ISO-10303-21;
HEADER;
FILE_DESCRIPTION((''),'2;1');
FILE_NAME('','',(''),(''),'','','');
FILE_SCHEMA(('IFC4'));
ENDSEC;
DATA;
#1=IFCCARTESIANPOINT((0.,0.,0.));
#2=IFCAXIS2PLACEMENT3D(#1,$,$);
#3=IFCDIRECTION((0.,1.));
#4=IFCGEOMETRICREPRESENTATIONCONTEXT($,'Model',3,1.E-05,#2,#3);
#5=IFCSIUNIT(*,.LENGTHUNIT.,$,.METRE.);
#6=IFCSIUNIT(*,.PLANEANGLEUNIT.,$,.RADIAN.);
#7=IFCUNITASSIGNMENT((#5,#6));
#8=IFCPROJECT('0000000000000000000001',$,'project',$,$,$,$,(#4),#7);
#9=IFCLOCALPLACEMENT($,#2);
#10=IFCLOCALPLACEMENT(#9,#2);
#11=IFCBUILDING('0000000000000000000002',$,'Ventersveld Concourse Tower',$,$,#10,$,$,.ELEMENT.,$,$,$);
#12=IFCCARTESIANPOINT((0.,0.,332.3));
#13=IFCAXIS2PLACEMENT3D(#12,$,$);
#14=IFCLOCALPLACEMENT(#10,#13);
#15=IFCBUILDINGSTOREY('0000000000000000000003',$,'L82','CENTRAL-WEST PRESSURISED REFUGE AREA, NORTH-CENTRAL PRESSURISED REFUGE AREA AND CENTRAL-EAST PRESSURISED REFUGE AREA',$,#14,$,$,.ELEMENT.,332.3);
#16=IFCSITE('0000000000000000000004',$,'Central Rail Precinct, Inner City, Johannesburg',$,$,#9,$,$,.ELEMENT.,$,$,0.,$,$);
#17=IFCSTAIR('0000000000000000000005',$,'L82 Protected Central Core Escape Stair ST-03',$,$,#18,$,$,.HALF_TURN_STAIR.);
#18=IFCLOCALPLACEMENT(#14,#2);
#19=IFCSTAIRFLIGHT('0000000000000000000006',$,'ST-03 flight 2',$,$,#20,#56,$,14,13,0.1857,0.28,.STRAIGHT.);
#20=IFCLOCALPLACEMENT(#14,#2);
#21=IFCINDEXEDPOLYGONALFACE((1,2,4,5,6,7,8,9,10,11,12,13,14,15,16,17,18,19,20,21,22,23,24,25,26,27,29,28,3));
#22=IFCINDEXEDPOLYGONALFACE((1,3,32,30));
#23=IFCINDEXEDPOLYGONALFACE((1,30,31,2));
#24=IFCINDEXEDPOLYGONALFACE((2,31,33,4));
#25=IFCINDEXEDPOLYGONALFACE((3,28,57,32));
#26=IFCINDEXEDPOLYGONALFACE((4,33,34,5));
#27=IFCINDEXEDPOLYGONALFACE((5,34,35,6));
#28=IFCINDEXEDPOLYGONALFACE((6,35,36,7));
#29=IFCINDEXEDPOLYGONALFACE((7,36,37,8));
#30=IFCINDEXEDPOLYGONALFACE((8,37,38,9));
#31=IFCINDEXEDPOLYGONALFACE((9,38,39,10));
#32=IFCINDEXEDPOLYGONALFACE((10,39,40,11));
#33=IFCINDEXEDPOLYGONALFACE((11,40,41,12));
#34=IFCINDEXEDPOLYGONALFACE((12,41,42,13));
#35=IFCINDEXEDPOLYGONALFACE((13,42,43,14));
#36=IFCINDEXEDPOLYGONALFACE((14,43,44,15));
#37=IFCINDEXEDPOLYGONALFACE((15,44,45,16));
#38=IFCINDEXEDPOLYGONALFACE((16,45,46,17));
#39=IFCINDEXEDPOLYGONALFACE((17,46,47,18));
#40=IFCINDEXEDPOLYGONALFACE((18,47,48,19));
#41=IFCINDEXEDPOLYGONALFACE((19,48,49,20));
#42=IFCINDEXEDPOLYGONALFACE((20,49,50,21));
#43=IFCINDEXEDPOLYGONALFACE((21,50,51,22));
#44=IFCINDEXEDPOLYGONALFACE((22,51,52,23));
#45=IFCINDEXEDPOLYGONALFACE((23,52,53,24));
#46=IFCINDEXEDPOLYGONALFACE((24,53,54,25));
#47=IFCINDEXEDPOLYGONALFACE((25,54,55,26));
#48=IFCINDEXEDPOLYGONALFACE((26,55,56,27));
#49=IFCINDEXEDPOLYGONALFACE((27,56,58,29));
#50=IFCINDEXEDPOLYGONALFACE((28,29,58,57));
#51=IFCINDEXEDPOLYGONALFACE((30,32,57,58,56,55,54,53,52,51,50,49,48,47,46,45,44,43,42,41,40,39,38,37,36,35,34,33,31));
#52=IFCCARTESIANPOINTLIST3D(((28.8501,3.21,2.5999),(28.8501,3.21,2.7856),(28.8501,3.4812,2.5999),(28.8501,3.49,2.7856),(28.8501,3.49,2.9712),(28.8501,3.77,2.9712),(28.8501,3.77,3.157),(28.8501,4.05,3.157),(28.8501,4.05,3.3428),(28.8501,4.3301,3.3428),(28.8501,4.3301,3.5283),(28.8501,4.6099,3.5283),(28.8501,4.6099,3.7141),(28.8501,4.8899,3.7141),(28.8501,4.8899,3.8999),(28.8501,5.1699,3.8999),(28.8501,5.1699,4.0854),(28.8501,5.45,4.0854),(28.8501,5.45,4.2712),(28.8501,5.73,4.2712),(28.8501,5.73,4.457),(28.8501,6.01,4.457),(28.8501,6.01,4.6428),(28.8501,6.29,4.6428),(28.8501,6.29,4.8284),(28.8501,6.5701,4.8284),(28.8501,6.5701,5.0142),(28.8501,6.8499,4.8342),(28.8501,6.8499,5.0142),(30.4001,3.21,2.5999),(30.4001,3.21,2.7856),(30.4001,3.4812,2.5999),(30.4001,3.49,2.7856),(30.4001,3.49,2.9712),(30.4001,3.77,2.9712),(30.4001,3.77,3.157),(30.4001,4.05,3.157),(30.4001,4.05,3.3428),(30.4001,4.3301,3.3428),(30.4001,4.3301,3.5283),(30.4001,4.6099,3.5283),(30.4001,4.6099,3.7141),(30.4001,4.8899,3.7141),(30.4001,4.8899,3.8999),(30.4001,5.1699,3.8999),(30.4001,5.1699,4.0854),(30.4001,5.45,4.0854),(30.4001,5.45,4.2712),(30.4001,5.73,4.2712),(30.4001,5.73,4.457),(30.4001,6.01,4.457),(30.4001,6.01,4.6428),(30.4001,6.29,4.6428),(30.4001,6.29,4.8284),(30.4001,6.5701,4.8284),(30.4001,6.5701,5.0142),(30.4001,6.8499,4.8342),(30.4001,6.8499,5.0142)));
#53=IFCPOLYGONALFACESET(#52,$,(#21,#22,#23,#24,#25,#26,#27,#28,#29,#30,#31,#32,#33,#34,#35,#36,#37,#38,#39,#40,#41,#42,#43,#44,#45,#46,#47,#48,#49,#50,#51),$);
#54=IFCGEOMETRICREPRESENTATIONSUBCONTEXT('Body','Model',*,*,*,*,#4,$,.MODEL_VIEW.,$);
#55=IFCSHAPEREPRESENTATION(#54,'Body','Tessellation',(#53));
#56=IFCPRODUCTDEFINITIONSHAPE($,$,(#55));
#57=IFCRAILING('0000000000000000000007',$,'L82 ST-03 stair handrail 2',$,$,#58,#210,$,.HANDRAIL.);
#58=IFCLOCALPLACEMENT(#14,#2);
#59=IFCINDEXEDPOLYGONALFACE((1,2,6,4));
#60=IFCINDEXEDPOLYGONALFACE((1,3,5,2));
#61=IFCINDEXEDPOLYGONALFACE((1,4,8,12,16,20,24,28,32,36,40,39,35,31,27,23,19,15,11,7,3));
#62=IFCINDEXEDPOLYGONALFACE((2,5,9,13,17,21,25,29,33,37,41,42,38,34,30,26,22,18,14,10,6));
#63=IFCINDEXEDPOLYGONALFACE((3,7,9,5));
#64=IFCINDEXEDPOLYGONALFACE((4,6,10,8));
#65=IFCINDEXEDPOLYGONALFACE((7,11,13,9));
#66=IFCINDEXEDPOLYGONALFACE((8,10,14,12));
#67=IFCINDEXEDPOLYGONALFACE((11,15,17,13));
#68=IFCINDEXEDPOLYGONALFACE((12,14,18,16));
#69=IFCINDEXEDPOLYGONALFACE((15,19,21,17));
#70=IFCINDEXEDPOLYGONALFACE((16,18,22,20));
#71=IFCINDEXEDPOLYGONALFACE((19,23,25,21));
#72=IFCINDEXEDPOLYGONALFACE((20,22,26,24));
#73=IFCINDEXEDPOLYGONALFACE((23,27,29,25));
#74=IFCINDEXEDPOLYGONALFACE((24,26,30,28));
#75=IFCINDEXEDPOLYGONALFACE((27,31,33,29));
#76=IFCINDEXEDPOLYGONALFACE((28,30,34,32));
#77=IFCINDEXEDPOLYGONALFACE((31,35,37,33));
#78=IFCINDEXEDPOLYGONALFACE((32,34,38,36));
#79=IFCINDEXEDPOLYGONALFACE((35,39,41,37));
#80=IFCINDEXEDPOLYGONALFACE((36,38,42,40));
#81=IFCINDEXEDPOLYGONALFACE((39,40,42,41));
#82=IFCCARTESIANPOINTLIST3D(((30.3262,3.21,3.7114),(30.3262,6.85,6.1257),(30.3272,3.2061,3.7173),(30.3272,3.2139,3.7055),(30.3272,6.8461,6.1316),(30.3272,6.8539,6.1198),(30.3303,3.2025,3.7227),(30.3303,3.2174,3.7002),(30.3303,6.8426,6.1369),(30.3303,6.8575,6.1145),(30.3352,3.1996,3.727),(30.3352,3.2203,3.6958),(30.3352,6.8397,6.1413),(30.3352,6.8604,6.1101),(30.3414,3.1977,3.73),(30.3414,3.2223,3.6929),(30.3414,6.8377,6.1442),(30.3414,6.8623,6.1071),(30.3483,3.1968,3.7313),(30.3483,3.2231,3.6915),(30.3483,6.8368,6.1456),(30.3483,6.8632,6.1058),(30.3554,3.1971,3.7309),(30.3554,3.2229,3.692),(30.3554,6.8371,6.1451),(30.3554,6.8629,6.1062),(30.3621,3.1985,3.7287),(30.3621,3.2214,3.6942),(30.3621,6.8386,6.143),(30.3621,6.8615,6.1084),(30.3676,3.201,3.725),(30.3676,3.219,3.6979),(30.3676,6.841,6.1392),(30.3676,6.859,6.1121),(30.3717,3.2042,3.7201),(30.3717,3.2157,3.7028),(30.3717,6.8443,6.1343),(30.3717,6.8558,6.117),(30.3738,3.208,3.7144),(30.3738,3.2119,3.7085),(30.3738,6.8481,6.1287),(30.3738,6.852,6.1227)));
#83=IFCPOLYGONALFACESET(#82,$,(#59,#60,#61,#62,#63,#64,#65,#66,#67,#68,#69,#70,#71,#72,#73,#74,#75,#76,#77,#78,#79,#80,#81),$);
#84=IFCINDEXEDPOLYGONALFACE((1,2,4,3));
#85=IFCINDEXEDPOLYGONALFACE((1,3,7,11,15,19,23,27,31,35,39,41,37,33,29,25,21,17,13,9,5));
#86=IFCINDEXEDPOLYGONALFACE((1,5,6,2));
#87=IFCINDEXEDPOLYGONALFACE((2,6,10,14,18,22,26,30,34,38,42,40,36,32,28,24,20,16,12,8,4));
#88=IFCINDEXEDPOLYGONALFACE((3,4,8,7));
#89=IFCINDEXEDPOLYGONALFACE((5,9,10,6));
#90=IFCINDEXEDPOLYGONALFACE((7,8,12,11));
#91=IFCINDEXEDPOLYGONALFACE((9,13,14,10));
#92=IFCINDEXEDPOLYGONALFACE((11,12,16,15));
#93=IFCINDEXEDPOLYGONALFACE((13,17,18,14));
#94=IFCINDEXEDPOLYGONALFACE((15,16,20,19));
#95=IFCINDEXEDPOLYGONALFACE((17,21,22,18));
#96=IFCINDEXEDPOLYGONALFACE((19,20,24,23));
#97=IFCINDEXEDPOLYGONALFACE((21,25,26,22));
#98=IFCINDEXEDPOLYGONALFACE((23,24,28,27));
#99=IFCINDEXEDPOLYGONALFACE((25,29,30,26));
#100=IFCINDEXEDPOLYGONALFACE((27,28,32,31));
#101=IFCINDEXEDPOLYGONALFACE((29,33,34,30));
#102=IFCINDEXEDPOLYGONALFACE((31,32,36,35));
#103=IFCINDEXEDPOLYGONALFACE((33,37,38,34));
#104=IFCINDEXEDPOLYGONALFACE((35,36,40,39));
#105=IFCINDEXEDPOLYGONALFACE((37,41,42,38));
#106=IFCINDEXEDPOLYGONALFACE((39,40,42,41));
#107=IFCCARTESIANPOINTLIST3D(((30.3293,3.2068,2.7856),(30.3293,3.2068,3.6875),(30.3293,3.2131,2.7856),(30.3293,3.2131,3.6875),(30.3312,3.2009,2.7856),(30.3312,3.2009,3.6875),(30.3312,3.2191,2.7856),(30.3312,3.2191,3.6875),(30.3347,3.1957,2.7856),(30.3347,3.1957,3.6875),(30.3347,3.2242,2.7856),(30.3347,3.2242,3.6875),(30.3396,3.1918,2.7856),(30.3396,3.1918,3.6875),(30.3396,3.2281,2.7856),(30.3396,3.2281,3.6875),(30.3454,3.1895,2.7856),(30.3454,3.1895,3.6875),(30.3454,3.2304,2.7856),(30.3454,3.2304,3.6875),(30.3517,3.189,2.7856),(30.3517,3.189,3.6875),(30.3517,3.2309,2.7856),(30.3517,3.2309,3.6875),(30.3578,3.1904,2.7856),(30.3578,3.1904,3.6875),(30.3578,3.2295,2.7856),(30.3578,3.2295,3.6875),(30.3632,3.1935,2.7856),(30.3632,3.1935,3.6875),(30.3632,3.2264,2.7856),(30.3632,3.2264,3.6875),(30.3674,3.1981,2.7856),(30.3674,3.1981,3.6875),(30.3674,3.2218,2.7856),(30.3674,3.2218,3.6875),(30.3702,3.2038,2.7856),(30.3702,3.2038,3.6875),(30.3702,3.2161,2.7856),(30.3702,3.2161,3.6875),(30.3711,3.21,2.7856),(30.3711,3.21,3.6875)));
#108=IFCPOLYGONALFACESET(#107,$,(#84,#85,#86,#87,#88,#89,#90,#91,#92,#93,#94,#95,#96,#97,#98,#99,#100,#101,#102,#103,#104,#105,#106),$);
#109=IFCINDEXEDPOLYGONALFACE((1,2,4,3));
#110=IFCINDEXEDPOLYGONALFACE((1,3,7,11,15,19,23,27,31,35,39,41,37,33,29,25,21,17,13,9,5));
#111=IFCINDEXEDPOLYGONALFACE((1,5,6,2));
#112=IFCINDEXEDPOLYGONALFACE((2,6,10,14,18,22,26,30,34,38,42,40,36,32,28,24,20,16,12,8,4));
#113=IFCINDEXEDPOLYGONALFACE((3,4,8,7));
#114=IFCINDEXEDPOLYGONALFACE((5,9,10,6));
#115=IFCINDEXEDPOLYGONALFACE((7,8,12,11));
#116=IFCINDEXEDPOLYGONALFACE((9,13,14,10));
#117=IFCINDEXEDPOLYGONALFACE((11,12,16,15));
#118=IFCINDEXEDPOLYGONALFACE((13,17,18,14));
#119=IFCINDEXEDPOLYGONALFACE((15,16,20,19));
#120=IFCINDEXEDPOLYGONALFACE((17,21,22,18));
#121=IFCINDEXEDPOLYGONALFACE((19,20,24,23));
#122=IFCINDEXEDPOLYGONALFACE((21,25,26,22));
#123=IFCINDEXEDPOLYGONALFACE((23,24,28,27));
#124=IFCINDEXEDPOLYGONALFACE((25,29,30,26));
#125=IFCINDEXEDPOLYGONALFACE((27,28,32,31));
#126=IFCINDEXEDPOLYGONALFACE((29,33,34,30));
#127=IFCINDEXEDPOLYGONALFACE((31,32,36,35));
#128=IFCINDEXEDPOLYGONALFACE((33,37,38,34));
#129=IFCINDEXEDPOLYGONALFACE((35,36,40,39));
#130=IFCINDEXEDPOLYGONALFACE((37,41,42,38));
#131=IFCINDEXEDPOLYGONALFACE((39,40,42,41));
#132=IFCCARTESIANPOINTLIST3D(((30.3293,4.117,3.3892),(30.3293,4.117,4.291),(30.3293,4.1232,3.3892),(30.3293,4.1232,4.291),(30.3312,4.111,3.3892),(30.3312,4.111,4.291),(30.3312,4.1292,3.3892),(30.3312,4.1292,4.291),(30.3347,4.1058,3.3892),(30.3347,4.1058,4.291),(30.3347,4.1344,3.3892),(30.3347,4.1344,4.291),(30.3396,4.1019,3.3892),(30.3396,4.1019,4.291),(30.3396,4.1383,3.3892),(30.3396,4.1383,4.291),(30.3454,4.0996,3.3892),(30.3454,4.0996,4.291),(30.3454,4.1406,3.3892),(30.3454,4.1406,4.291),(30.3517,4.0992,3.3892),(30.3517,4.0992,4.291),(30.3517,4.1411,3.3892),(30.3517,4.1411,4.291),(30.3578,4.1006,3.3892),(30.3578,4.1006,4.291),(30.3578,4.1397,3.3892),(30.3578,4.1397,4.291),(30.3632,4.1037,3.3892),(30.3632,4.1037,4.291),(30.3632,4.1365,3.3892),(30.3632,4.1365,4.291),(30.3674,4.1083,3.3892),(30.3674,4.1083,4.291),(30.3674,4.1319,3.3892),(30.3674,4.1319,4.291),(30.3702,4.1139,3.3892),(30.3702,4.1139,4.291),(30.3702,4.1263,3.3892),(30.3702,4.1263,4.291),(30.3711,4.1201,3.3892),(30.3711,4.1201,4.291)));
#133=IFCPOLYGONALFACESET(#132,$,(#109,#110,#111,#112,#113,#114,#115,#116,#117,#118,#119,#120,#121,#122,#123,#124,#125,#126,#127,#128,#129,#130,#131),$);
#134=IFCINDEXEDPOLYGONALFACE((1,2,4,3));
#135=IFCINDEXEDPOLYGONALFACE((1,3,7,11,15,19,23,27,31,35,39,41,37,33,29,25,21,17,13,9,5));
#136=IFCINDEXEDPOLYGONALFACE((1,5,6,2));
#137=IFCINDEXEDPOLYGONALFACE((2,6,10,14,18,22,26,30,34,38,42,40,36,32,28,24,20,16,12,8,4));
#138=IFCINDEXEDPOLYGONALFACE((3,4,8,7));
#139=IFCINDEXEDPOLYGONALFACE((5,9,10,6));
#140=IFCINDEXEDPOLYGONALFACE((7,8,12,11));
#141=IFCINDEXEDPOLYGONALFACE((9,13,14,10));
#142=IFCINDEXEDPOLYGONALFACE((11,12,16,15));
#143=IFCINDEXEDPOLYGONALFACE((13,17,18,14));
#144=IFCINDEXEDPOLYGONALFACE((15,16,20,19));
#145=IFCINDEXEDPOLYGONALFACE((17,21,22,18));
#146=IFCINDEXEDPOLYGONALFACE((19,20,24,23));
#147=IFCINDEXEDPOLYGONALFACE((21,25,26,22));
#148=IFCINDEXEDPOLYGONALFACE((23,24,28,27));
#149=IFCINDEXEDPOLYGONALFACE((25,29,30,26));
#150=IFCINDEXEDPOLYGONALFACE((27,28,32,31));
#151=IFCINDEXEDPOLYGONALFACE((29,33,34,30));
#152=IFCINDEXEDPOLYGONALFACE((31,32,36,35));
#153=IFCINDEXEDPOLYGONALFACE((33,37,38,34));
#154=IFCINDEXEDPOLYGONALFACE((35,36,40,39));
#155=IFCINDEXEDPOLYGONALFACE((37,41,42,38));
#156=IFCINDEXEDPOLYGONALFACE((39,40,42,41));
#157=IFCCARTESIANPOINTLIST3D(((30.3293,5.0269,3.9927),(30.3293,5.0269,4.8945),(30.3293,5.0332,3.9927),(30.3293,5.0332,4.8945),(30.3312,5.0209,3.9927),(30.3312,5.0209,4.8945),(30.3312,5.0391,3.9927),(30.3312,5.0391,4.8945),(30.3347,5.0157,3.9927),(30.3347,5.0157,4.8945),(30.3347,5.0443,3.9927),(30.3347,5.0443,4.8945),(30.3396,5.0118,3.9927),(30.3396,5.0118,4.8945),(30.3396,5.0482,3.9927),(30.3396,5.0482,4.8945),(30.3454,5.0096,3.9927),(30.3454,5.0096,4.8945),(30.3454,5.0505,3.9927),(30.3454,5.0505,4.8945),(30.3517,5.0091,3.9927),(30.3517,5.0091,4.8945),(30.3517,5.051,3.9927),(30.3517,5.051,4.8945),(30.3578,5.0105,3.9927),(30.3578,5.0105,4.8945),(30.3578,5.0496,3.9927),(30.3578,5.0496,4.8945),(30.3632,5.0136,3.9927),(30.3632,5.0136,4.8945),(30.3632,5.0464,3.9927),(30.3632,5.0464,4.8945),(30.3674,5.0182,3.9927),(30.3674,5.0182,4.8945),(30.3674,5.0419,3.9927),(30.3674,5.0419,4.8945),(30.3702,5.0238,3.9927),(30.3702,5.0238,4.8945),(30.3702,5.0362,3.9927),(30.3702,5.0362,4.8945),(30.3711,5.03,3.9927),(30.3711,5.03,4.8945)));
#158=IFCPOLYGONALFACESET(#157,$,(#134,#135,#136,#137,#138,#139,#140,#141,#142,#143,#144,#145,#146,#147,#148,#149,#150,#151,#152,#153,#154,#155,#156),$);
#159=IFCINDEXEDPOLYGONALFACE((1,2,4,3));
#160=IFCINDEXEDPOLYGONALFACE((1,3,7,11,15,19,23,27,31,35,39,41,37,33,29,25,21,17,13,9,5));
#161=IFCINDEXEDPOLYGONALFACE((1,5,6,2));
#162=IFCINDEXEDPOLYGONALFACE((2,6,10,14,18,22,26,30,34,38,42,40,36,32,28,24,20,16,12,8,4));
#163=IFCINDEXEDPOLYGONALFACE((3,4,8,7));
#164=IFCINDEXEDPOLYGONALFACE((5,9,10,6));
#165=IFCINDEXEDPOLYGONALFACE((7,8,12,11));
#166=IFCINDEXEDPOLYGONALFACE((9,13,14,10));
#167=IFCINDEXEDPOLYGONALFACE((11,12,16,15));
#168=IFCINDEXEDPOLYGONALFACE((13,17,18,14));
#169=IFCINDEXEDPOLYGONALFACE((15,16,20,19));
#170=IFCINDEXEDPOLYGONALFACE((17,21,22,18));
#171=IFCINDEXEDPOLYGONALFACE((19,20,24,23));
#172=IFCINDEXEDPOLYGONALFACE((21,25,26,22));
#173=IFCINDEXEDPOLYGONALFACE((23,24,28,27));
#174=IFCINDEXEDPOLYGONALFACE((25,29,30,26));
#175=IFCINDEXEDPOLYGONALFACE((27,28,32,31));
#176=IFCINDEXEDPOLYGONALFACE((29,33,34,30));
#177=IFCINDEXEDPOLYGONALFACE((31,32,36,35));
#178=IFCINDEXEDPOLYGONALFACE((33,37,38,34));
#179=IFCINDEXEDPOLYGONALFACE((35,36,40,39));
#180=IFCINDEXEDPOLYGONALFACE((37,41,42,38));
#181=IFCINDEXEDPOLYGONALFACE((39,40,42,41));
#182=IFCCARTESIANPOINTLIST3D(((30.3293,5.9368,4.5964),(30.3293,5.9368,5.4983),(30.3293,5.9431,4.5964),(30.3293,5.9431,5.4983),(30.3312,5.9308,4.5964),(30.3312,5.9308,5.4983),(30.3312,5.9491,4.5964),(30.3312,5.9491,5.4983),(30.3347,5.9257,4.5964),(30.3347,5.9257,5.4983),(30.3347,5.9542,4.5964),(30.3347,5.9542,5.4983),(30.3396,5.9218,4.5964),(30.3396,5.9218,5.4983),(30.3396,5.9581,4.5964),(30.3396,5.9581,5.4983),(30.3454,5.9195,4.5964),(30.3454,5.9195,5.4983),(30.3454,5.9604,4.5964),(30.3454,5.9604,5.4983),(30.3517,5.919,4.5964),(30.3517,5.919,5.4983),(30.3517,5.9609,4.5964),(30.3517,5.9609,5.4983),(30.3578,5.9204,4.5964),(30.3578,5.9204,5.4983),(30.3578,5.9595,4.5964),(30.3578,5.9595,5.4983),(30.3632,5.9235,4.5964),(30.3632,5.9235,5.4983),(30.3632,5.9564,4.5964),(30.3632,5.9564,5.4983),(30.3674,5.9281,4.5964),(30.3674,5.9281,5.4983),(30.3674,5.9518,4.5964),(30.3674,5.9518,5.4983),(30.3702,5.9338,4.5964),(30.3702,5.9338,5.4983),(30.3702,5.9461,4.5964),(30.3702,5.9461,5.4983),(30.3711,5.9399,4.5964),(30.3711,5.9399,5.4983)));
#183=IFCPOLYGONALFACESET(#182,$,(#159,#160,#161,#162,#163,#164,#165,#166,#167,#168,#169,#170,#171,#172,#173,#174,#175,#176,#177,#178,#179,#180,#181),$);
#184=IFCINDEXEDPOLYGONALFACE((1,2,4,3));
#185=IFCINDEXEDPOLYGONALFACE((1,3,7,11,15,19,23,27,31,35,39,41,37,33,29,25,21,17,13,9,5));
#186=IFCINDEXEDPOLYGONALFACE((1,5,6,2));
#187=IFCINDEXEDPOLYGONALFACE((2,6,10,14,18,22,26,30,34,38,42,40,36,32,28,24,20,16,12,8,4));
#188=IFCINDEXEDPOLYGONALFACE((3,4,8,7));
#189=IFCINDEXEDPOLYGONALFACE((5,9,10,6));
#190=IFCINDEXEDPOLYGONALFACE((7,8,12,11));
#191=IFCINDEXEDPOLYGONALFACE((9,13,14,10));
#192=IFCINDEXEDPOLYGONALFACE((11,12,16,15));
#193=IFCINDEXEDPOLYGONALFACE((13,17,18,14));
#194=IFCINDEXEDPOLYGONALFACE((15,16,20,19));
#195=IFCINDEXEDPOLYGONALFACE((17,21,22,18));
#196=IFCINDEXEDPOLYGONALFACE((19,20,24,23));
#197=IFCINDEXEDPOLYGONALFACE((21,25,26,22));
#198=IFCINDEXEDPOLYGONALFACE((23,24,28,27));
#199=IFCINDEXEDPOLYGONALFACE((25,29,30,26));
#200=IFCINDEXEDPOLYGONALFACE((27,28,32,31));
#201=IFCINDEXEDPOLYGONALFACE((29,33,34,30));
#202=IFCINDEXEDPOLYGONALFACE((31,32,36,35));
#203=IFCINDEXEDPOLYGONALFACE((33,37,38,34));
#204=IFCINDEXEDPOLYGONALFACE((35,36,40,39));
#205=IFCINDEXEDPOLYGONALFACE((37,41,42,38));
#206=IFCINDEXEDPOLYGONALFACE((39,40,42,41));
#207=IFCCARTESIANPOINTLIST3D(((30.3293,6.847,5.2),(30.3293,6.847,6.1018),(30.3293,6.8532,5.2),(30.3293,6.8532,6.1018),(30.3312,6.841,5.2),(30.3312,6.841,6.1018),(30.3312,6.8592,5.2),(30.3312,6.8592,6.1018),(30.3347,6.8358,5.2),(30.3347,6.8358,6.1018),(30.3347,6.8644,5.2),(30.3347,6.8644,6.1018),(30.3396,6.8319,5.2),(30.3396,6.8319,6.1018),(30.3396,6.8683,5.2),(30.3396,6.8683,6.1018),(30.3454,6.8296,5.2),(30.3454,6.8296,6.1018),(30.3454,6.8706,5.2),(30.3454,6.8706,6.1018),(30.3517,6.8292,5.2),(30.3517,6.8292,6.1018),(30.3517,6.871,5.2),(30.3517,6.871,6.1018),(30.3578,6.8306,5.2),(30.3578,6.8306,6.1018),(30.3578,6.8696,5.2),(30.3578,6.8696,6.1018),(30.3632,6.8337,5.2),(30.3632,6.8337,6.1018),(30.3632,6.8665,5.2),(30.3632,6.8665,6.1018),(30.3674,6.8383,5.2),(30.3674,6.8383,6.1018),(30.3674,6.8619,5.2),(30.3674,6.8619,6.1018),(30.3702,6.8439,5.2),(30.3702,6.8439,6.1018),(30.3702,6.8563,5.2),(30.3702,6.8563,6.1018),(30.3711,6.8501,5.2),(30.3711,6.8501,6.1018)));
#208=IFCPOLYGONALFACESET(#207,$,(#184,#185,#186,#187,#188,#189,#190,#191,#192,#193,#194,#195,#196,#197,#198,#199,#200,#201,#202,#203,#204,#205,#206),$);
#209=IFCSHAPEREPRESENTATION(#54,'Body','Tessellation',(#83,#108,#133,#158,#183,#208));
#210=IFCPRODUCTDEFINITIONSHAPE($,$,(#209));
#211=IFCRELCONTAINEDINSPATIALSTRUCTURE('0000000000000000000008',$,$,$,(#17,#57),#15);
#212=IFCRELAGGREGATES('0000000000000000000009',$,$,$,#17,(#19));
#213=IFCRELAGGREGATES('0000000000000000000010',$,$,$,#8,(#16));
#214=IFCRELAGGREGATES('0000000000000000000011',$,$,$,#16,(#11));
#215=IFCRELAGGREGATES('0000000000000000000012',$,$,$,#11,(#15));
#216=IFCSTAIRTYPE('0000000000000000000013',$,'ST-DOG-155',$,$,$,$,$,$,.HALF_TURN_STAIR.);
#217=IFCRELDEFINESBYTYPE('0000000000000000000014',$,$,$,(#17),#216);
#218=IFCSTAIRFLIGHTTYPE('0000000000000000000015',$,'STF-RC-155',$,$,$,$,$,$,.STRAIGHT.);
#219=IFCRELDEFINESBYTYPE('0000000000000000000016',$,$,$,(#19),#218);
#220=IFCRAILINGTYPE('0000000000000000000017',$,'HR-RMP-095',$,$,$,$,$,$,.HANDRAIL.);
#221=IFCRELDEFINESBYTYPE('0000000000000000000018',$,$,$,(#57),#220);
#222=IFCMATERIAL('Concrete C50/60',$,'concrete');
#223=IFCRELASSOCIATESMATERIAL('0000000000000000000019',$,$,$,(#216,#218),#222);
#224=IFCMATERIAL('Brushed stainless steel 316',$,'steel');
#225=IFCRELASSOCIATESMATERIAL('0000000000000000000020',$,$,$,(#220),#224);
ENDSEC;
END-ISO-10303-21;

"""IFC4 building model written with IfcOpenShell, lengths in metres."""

from ifc_helpers import new_model, si_unit, direction, frame, origin, origin_2d, place, context, subcontext, project, spatial, polyline, circle, outline, extrude, material, type_object, element, aggregate, save


model = new_model("IFC4")

# Units and contexts
model_context = context("Model", 3, precision=1e-05, world=origin(), true_north=direction((0.0, 1.0)))
body_context = subcontext(model_context, "Body", "Model", "MODEL_VIEW")
ifc_project = project(units=[si_unit("LENGTHUNIT", "METRE"), si_unit("PLANEANGLEUNIT", "RADIAN")], contexts=[model_context])

# Site, building, storey
site_placement = place(None, origin())
site = spatial("IfcSite", under=ifc_project, at=site_placement, Name="Central Rail Precinct, Inner City, Johannesburg", CompositionType="ELEMENT", RefElevation=0.0)
building_placement = place(site_placement, origin())
building = spatial("IfcBuilding", under=site, at=building_placement, Name="Ventersveld Concourse Tower", CompositionType="ELEMENT")
storey_placement = place(building_placement, frame((0.0, 0.0, 332.3)))
storey = spatial("IfcBuildingStorey", under=building, at=storey_placement, Name="L82", Description="CENTRAL-WEST PRESSURISED REFUGE AREA, NORTH-CENTRAL PRESSURISED REFUGE AREA AND CENTRAL-EAST PRESSURISED REFUGE AREA", CompositionType="ELEMENT", Elevation=332.3)

# Shared definitions
ifc_material_1 = material(Name="Concrete C50/60", Category="concrete")

# Stair, stair flight
stair_type = type_object("IfcStairType", Name="ST-DOG-155", PredefinedType="HALF_TURN_STAIR", material=ifc_material_1)
stair_placement = place(storey_placement, origin())
stair = element("IfcStair", 1, at=stair_placement, inside=storey, type_object=stair_type, Name="L82 Protected Central Core Escape Stair ST-03", PredefinedType="HALF_TURN_STAIR")
stair_flight_type = type_object("IfcStairFlightType", Name="STF-RC-155", PredefinedType="STRAIGHT", material=ifc_material_1)
stair_flight_placement = place(storey_placement, frame((29.625, 3.21, 2.5999), z_axis=(0.0, 0.0, 1.0), x_axis=(0.0, 1.0, 0.0)))
stair_flight = element("IfcStairFlight", 2, at=stair_flight_placement, type_object=stair_flight_type, Name="ST-03 flight 2", NumberOfRisers=14, NumberOfTreads=13, PredefinedType="STRAIGHT", RiserHeight=0.1857, TreadLength=0.28, context=body_context, shape_type="SweptSolid", body=[
    extrude(outline(polyline([(0.0, 0.0), (0.0, 0.1858), (0.28, 0.1858), (0.28, 0.3713), (0.5601, 0.3713), (0.5601, 0.5571), (0.8401, 0.5571), (0.8401, 0.7429), (1.1201, 0.7429), (1.1201, 0.9285), (1.3999, 0.9285), (1.3999, 1.1143), (1.6799, 1.1143), (1.6799, 1.3), (1.96, 1.3), (1.96, 1.4856), (2.24, 1.4856), (2.24, 1.6714), (2.52, 1.6714), (2.52, 1.8572), (2.8, 1.8572), (2.8, 2.043), (3.0801, 2.043), (3.0801, 2.2285), (3.3601, 2.2285), (3.3601, 2.4143), (3.6399, 2.4143), (3.6399, 2.6001), (3.6399, 2.2344), (0.2712, 0.0), (0.0, 0.0)])), frame((0.0, 0.7749, 0.0), z_axis=(0.0, -1.0, 0.0), x_axis=(1.0, 0.0, 0.0)), (0.0, 0.0, 1.0), 1.55),
])
aggregate(stair, [stair_flight])

# Railing
ifc_material_2 = material(Name="Brushed stainless steel 316", Category="steel")
railing_type_1 = type_object("IfcRailingType", Name="HR-RMP-095", PredefinedType="HANDRAIL", material=ifc_material_2)
railing_1_placement = place(storey_placement, frame((30.3501, 3.21, 2.7856)))
element("IfcRailing", 3, at=railing_1_placement, inside=storey, type_object=railing_type_1, Name="L82 ST-03 stair handrail 2", PredefinedType="HANDRAIL", context=body_context, shape_type="SweptSolid", body=[
    extrude(circle(Radius=0.0239, at=origin_2d()), frame((0.0, 0.0, 0.9258), z_axis=(0.0, 0.833364, 0.552725), x_axis=(-1.0, 0.0, 0.0)), (0.0, 0.0, 1.0), 4.3679),
    extrude(circle(Radius=0.021, at=origin_2d()), origin(), (0.0, 0.0, 1.0), 0.9019),
    extrude(circle(Radius=0.021, at=origin_2d()), frame((0.0, 0.9102, 0.6035)), (0.0, 0.0, 1.0), 0.9019),
    extrude(circle(Radius=0.021, at=origin_2d()), frame((0.0, 1.8201, 1.207)), (0.0, 0.0, 1.0), 0.9019),
    extrude(circle(Radius=0.021, at=origin_2d()), frame((0.0, 2.73, 1.8108)), (0.0, 0.0, 1.0), 0.9019),
    extrude(circle(Radius=0.021, at=origin_2d()), frame((0.0, 3.6401, 2.4143)), (0.0, 0.0, 1.0), 0.9019),
])

save(model, "model.ifc")
